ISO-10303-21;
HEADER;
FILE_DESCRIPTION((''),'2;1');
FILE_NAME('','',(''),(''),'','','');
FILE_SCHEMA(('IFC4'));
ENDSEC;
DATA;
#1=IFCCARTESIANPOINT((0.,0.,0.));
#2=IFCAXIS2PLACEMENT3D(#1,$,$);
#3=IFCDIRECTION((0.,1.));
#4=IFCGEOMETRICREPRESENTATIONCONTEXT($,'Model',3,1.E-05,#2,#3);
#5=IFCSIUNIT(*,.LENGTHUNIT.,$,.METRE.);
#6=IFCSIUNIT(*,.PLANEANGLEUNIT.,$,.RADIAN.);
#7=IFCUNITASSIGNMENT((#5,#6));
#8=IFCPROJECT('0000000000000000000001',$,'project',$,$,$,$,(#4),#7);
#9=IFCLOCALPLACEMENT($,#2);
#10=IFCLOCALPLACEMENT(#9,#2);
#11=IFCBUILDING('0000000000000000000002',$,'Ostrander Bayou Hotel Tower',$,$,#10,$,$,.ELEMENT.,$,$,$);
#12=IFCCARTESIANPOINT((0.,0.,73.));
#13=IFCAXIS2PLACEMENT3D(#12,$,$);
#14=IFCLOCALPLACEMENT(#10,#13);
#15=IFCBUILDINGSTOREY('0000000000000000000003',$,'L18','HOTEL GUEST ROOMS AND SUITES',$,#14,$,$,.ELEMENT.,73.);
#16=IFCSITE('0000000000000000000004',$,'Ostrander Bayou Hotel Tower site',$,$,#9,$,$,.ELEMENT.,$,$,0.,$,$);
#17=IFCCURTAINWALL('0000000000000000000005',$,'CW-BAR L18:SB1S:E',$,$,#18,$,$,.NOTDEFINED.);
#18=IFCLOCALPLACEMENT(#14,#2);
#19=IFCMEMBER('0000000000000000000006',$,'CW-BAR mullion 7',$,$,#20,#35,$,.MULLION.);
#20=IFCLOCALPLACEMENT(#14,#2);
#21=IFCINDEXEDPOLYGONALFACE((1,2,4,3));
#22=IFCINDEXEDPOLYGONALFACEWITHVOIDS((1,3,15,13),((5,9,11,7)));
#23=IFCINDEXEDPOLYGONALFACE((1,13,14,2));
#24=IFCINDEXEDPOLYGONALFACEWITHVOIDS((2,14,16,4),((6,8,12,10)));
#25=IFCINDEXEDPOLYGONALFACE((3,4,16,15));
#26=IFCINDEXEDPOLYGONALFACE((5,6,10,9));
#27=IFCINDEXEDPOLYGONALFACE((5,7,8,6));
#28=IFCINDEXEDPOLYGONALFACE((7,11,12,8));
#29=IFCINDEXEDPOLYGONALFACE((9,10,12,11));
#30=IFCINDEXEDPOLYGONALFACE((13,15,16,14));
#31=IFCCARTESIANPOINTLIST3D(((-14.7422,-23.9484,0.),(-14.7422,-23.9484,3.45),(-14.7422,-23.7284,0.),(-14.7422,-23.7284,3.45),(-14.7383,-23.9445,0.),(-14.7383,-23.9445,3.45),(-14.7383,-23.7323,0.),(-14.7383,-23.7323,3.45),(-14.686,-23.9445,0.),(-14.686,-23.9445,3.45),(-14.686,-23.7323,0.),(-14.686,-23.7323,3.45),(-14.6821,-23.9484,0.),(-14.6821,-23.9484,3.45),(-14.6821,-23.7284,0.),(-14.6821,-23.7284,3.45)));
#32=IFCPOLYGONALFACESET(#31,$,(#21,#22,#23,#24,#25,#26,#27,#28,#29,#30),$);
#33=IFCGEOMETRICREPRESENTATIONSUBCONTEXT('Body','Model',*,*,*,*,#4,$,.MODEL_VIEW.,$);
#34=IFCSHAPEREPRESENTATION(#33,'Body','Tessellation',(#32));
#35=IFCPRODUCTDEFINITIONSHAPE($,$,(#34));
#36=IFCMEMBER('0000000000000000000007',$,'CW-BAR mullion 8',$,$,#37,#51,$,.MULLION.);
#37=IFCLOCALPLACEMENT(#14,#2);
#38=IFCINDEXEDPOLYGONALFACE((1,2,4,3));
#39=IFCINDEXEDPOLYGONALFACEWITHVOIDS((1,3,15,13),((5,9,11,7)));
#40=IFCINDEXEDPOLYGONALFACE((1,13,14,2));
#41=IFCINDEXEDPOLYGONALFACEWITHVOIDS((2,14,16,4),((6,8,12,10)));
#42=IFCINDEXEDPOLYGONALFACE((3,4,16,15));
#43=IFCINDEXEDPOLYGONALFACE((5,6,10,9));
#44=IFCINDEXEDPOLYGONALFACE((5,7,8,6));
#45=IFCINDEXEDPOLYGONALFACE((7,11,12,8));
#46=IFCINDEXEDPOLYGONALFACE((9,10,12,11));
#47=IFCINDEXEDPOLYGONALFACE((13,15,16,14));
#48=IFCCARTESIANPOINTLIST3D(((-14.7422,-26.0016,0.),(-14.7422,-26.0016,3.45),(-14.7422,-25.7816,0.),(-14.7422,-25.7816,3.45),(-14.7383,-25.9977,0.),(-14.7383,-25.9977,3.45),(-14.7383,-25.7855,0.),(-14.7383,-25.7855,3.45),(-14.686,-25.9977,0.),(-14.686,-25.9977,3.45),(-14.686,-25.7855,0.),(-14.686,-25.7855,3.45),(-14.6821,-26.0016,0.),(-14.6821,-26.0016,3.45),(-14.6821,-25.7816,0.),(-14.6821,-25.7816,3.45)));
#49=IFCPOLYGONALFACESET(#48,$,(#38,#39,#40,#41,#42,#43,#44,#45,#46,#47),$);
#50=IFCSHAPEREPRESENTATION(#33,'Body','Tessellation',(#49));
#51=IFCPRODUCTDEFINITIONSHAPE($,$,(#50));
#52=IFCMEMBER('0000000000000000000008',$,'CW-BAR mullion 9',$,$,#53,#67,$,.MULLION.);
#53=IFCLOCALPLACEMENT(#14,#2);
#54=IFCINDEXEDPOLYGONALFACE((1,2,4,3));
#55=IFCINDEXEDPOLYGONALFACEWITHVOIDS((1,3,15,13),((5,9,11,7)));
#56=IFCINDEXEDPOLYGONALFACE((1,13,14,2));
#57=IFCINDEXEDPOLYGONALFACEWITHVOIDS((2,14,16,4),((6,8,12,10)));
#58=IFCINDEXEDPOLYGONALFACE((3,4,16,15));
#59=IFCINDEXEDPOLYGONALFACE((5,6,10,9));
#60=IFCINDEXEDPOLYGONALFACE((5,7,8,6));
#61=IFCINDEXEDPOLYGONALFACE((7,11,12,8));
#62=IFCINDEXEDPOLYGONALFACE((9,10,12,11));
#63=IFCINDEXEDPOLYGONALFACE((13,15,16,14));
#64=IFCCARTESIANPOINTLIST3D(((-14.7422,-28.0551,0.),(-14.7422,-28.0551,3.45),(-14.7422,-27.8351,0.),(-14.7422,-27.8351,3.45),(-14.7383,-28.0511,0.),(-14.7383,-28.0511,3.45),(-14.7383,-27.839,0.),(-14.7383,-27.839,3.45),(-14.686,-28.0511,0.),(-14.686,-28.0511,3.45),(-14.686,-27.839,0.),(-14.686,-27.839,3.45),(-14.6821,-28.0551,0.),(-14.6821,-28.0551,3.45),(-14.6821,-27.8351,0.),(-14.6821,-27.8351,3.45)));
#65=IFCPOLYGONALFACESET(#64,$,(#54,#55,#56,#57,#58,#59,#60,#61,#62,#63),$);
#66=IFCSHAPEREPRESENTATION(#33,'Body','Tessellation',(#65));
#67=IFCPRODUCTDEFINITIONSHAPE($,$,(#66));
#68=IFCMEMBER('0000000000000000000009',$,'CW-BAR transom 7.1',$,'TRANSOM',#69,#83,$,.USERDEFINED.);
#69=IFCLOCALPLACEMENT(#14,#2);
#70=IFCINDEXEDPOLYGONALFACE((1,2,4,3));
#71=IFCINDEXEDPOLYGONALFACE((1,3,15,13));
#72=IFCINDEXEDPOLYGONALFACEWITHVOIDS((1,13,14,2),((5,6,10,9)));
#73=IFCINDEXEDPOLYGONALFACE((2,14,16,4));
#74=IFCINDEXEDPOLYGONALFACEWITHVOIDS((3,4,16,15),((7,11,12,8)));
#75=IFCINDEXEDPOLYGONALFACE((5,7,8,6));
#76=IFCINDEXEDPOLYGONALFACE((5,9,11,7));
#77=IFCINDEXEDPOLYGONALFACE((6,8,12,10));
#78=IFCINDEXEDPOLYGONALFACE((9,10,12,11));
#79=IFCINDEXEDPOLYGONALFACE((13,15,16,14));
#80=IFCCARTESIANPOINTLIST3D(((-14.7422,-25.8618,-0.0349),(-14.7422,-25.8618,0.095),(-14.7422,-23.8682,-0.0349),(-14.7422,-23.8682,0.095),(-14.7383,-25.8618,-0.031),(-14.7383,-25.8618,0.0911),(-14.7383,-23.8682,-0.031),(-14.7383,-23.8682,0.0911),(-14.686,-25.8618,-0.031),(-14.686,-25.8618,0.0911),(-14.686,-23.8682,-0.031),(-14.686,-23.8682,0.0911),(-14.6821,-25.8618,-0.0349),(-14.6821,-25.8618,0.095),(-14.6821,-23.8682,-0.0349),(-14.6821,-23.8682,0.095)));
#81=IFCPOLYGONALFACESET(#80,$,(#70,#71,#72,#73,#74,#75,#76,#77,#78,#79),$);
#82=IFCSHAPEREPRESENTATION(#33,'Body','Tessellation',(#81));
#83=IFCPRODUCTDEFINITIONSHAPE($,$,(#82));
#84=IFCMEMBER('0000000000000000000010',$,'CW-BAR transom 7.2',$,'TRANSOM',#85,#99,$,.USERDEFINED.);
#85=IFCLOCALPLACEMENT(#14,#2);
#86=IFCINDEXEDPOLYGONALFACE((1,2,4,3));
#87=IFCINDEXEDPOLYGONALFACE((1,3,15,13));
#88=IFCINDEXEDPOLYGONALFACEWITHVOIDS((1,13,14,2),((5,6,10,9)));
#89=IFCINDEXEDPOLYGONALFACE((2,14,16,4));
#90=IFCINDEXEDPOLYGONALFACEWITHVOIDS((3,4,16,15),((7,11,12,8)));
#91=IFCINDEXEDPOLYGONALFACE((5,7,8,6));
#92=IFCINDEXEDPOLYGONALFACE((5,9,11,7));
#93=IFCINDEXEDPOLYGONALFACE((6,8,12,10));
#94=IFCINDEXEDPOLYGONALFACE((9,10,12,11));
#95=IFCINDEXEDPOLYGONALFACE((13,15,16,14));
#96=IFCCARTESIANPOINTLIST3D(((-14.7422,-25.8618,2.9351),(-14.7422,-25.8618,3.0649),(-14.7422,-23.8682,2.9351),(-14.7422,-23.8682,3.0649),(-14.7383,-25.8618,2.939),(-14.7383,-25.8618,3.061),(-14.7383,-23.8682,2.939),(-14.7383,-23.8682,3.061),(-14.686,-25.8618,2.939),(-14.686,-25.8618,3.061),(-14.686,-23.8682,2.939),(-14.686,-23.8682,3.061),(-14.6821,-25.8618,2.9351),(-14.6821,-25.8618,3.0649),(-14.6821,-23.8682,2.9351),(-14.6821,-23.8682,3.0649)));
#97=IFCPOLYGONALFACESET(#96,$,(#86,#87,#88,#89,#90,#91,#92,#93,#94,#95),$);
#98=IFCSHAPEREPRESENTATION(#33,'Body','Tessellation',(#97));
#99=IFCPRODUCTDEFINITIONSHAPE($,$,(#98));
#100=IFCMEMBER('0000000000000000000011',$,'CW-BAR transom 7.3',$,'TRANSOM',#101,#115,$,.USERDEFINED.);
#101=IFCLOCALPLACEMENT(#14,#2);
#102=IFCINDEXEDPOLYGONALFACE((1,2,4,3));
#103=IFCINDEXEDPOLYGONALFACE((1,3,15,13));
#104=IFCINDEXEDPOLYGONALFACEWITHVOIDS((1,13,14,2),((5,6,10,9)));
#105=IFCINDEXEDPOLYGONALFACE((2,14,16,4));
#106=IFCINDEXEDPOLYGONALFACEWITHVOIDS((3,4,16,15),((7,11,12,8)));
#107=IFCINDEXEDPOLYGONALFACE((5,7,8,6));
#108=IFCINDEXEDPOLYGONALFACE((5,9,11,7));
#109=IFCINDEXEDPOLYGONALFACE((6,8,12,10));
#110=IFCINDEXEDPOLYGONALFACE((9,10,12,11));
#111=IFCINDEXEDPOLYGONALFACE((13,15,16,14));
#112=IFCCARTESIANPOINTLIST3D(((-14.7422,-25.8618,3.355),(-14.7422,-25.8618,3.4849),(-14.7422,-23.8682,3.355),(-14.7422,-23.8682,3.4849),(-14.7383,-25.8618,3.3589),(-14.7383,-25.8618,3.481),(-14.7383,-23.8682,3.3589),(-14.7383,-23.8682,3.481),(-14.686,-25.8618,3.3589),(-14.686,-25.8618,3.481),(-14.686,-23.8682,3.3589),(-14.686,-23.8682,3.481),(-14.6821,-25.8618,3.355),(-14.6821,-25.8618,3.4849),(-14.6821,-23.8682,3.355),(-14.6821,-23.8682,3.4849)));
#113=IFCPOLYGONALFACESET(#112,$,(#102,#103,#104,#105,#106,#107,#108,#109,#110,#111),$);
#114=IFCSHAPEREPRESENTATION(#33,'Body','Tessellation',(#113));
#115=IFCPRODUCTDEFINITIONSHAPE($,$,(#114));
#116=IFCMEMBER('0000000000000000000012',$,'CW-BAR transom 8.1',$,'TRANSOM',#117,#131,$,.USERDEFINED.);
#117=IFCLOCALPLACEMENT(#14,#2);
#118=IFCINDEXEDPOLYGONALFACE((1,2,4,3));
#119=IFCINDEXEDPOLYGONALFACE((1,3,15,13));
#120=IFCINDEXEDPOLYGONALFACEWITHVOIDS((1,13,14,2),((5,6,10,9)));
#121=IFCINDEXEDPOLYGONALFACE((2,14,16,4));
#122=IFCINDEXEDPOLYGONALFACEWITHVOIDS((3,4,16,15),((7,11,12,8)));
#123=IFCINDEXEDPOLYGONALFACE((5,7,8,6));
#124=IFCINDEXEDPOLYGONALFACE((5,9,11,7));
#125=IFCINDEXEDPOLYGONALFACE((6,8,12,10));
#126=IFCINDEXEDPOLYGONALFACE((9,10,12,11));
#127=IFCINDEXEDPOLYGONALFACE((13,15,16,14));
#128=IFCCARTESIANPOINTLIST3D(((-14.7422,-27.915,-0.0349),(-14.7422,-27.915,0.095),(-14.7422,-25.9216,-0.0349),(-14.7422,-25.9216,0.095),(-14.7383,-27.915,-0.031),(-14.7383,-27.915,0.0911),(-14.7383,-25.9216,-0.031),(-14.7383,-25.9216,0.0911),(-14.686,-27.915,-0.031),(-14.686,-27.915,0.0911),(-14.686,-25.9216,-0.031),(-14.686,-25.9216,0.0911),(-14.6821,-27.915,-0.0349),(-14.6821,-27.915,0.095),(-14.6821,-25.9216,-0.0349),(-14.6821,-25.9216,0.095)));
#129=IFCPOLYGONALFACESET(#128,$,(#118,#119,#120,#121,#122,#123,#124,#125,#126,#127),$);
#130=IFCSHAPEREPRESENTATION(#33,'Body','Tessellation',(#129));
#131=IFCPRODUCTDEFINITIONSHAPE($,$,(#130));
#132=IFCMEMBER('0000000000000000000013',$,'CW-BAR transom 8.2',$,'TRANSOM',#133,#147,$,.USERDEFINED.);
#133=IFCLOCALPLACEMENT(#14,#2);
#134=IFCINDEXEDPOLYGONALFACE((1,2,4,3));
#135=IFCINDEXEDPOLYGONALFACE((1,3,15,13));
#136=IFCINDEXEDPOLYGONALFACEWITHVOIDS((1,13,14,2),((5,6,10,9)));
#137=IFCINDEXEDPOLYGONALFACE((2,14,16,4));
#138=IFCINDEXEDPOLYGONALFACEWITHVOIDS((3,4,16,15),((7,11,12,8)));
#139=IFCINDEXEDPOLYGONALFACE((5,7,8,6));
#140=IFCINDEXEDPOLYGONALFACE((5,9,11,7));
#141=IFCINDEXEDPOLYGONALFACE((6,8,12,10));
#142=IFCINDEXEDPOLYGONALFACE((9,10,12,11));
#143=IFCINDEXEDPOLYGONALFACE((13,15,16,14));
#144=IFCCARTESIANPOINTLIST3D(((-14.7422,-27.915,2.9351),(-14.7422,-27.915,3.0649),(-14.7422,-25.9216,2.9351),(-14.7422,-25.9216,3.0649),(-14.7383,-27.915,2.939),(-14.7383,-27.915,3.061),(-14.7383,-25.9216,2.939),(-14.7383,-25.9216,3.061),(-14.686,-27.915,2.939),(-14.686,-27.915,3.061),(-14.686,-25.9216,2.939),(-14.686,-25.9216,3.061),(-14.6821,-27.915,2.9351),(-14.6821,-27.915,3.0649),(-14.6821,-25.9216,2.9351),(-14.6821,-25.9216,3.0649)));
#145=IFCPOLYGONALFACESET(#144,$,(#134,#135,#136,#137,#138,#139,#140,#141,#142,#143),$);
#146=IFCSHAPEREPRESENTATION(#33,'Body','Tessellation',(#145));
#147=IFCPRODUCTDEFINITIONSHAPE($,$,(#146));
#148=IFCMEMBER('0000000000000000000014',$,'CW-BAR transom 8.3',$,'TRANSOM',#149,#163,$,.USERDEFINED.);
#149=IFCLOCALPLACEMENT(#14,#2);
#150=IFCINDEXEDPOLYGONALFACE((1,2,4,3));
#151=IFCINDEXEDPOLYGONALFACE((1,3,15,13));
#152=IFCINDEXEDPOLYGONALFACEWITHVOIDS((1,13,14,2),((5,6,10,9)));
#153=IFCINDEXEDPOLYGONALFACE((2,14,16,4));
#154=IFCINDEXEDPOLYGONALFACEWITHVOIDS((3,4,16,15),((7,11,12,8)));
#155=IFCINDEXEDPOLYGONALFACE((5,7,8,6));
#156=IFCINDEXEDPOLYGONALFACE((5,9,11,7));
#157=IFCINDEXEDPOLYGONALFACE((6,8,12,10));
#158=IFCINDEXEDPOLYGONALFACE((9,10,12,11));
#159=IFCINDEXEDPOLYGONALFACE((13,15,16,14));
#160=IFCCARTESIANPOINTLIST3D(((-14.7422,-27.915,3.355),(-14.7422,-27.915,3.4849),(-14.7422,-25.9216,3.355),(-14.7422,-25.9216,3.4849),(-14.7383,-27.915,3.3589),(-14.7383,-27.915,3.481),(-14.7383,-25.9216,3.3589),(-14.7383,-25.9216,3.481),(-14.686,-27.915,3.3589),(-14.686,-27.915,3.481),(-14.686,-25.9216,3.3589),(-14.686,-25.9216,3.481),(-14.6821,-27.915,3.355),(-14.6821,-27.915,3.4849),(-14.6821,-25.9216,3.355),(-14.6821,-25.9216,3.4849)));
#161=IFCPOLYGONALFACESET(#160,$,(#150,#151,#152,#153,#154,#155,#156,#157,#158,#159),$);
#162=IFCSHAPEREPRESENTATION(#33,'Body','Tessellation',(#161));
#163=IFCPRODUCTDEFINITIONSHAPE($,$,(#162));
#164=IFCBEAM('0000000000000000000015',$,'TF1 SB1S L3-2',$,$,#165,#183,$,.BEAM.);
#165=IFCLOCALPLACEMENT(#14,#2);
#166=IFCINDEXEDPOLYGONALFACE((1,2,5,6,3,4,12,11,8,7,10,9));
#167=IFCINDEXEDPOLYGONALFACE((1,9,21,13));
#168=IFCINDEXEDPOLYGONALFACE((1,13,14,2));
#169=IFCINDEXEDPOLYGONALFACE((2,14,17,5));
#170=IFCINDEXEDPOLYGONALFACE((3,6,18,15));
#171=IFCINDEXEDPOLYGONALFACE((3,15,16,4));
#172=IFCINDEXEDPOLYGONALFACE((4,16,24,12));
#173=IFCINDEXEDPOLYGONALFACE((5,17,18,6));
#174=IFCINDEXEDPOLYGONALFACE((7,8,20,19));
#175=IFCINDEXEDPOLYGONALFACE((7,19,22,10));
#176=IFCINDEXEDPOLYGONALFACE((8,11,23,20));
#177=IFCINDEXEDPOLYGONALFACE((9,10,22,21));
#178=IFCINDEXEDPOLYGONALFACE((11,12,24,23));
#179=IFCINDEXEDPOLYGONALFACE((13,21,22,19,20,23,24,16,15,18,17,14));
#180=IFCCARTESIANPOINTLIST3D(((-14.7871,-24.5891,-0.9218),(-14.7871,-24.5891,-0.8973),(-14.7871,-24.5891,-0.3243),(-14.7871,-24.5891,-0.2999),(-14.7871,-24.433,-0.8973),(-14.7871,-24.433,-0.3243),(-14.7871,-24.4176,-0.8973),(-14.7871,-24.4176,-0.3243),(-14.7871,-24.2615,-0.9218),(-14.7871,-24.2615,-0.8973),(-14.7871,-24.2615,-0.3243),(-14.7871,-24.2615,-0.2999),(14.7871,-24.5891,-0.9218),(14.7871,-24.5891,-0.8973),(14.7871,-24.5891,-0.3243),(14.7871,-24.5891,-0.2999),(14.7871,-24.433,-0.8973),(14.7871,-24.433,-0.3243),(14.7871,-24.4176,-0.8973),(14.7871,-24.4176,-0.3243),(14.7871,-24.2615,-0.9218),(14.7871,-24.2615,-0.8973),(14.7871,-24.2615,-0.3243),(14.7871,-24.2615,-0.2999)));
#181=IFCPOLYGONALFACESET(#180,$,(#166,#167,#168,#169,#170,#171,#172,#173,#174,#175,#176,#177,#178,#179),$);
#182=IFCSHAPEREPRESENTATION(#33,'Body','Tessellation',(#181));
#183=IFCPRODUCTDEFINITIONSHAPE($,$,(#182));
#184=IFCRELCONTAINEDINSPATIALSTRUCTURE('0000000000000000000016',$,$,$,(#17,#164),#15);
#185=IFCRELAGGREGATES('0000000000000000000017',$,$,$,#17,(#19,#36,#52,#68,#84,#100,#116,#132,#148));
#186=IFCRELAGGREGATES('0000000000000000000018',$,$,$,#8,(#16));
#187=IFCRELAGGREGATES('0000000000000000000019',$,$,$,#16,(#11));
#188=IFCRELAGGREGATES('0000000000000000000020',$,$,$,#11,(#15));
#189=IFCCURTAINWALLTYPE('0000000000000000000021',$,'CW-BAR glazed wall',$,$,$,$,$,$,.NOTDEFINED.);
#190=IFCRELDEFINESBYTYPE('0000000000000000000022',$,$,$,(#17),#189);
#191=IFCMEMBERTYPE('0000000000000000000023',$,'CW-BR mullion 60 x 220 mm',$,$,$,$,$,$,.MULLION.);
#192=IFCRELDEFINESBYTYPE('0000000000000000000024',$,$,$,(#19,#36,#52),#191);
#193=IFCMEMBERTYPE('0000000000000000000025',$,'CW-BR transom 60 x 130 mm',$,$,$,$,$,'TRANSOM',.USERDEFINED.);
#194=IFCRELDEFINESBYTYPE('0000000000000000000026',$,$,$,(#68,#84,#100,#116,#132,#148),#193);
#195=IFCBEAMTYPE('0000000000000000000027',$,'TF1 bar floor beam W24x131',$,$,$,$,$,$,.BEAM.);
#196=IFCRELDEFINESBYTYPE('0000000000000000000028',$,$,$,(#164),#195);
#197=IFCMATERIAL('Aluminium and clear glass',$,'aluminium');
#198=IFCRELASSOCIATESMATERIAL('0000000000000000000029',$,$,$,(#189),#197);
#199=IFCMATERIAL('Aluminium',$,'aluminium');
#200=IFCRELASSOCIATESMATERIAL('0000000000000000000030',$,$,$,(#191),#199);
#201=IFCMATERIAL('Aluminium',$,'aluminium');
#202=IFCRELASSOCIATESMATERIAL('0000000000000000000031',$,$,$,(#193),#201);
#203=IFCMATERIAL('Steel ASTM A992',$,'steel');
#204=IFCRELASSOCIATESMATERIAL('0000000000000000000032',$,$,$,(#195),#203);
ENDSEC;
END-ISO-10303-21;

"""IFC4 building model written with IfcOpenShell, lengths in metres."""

from ifc_helpers import new_model, si_unit, direction, frame, origin, origin_2d, place, context, subcontext, project, spatial, hollow_rectangle, i_section, extrude, material, material_profile, profile_set, type_object, element, aggregate, save


model = new_model("IFC4")

# Units and contexts
model_context = context("Model", 3, precision=1e-05, world=origin(), true_north=direction((0.0, 1.0)))
body_context = subcontext(model_context, "Body", "Model", "MODEL_VIEW")
ifc_project = project(units=[si_unit("LENGTHUNIT", "METRE"), si_unit("PLANEANGLEUNIT", "RADIAN")], contexts=[model_context])

# Site, building, storey
site_placement = place(None, origin())
site = spatial("IfcSite", under=ifc_project, at=site_placement, Name="Ostrander Bayou Hotel Tower site", CompositionType="ELEMENT", RefElevation=0.0)
building_placement = place(site_placement, origin())
building = spatial("IfcBuilding", under=site, at=building_placement, Name="Ostrander Bayou Hotel Tower", CompositionType="ELEMENT")
storey_placement = place(building_placement, frame((0.0, 0.0, 73.0)))
storey = spatial("IfcBuildingStorey", under=building, at=storey_placement, Name="L18", Description="HOTEL GUEST ROOMS AND SUITES", CompositionType="ELEMENT", Elevation=73.0)

# Curtain wall, members
ifc_material_1 = material(Name="Aluminium and clear glass", Category="aluminium")
curtain_wall_type = type_object("IfcCurtainWallType", Name="CW-BAR glazed wall", PredefinedType="NOTDEFINED", material=ifc_material_1)
curtain_wall_placement = place(storey_placement, origin())
curtain_wall = element("IfcCurtainWall", 1, at=curtain_wall_placement, inside=storey, type_object=curtain_wall_type, Name="CW-BAR L18:SB1S:E", PredefinedType="NOTDEFINED")
ifc_material_2 = material(Name="Aluminium", Category="aluminium")
ifc_material_profile_1 = material_profile(ifc_material_2, hollow_rectangle(XDim=0.0601, YDim=0.22, WallThickness=0.0039, at=origin_2d()))
ifc_profile_set_1 = profile_set([ifc_material_profile_1], Name="Aluminium")
member_type_1 = type_object("IfcMemberType", Name="CW-BR mullion 60 x 220 mm", PredefinedType="MULLION", material=ifc_profile_set_1)
member_1_placement = place(storey_placement, frame((-14.7122, -23.8384, 0.0), z_axis=(0.0, 0.0, 1.0), x_axis=(1.0, 0.0, 0.0)))
member_1 = element("IfcMember", 2, at=member_1_placement, type_object=member_type_1, Name="CW-BAR mullion 7", PredefinedType="MULLION", context=body_context, shape_type="SweptSolid", body=[
    extrude(hollow_rectangle(XDim=0.0601, YDim=0.22, WallThickness=0.0039, at=origin_2d()), origin(), (0.0, 0.0, 1.0), 3.45),
])
member_2_placement = place(storey_placement, frame((-14.7122, -25.8916, 0.0), z_axis=(0.0, 0.0, 1.0), x_axis=(1.0, 0.0, 0.0)))
member_2 = element("IfcMember", 3, at=member_2_placement, type_object=member_type_1, Name="CW-BAR mullion 8", PredefinedType="MULLION", context=body_context, shape_type="SweptSolid", body=[
    extrude(hollow_rectangle(XDim=0.0601, YDim=0.22, WallThickness=0.0039, at=origin_2d()), origin(), (0.0, 0.0, 1.0), 3.45),
])
member_3_placement = place(storey_placement, frame((-14.7122, -27.9451, 0.0), z_axis=(0.0, 0.0, 1.0), x_axis=(1.0, 0.0, 0.0)))
member_3 = element("IfcMember", 4, at=member_3_placement, type_object=member_type_1, Name="CW-BAR mullion 9", PredefinedType="MULLION", context=body_context, shape_type="SweptSolid", body=[
    extrude(hollow_rectangle(XDim=0.0601, YDim=0.22, WallThickness=0.0039, at=origin_2d()), origin(), (0.0, 0.0, 1.0), 3.45),
])
ifc_material_3 = material(Name="Aluminium", Category="aluminium")
ifc_material_profile_2 = material_profile(ifc_material_3, hollow_rectangle(XDim=0.0601, YDim=0.1299, WallThickness=0.0039, at=origin_2d()))
ifc_profile_set_2 = profile_set([ifc_material_profile_2], Name="Aluminium")
member_type_2 = type_object("IfcMemberType", Name="CW-BR transom 60 x 130 mm", ElementType="TRANSOM", PredefinedType="USERDEFINED", material=ifc_profile_set_2)
member_4_placement = place(storey_placement, frame((-14.7122, -23.8682, 0.03), z_axis=(0.0, -1.0, 0.0), x_axis=(1.0, 0.0, 0.0)))
member_4 = element("IfcMember", 5, at=member_4_placement, type_object=member_type_2, Name="CW-BAR transom 7.1", ObjectType="TRANSOM", PredefinedType="USERDEFINED", context=body_context, shape_type="SweptSolid", body=[
    extrude(hollow_rectangle(XDim=0.0601, YDim=0.1299, WallThickness=0.0039, at=origin_2d()), origin(), (0.0, 0.0, 1.0), 1.9937),
])
member_5_placement = place(storey_placement, frame((-14.7122, -23.8682, 3.0), z_axis=(0.0, -1.0, 0.0), x_axis=(1.0, 0.0, 0.0)))
member_5 = element("IfcMember", 6, at=member_5_placement, type_object=member_type_2, Name="CW-BAR transom 7.2", ObjectType="TRANSOM", PredefinedType="USERDEFINED", context=body_context, shape_type="SweptSolid", body=[
    extrude(hollow_rectangle(XDim=0.0601, YDim=0.1299, WallThickness=0.0039, at=origin_2d()), origin(), (0.0, 0.0, 1.0), 1.9937),
])
member_6_placement = place(storey_placement, frame((-14.7122, -23.8682, 3.4199), z_axis=(0.0, -1.0, 0.0), x_axis=(1.0, 0.0, 0.0)))
member_6 = element("IfcMember", 7, at=member_6_placement, type_object=member_type_2, Name="CW-BAR transom 7.3", ObjectType="TRANSOM", PredefinedType="USERDEFINED", context=body_context, shape_type="SweptSolid", body=[
    extrude(hollow_rectangle(XDim=0.0601, YDim=0.1299, WallThickness=0.0039, at=origin_2d()), origin(), (0.0, 0.0, 1.0), 1.9937),
])
member_7_placement = place(storey_placement, frame((-14.7122, -25.9216, 0.03), z_axis=(0.0, -1.0, 0.0), x_axis=(1.0, 0.0, 0.0)))
member_7 = element("IfcMember", 8, at=member_7_placement, type_object=member_type_2, Name="CW-BAR transom 8.1", ObjectType="TRANSOM", PredefinedType="USERDEFINED", context=body_context, shape_type="SweptSolid", body=[
    extrude(hollow_rectangle(XDim=0.0601, YDim=0.1299, WallThickness=0.0039, at=origin_2d()), origin(), (0.0, 0.0, 1.0), 1.9934),
])
member_8_placement = place(storey_placement, frame((-14.7122, -25.9216, 3.0), z_axis=(0.0, -1.0, 0.0), x_axis=(1.0, 0.0, 0.0)))
member_8 = element("IfcMember", 9, at=member_8_placement, type_object=member_type_2, Name="CW-BAR transom 8.2", ObjectType="TRANSOM", PredefinedType="USERDEFINED", context=body_context, shape_type="SweptSolid", body=[
    extrude(hollow_rectangle(XDim=0.0601, YDim=0.1299, WallThickness=0.0039, at=origin_2d()), origin(), (0.0, 0.0, 1.0), 1.9934),
])
member_9_placement = place(storey_placement, frame((-14.7122, -25.9216, 3.4199), z_axis=(0.0, -1.0, 0.0), x_axis=(1.0, 0.0, 0.0)))
member_9 = element("IfcMember", 10, at=member_9_placement, type_object=member_type_2, Name="CW-BAR transom 8.3", ObjectType="TRANSOM", PredefinedType="USERDEFINED", context=body_context, shape_type="SweptSolid", body=[
    extrude(hollow_rectangle(XDim=0.0601, YDim=0.1299, WallThickness=0.0039, at=origin_2d()), origin(), (0.0, 0.0, 1.0), 1.9934),
])

# Beam
ifc_material_4 = material(Name="Steel ASTM A992", Category="steel")
ifc_material_profile_3 = material_profile(ifc_material_4, i_section(OverallWidth=0.3276, OverallDepth=0.6218, WebThickness=0.0154, FlangeThickness=0.0244, at=origin_2d()))
ifc_profile_set_3 = profile_set([ifc_material_profile_3], Name="Steel ASTM A992")
beam_type = type_object("IfcBeamType", Name="TF1 bar floor beam W24x131", PredefinedType="BEAM", material=ifc_profile_set_3)
beam_placement = place(storey_placement, frame((-14.7871, -24.4253, -0.6108), z_axis=(1.0, 0.0, 0.0), x_axis=(0.0, 1.0, 0.0)))
element("IfcBeam", 11, at=beam_placement, inside=storey, type_object=beam_type, Name="TF1 SB1S L3-2", PredefinedType="BEAM", context=body_context, shape_type="SweptSolid", body=[
    extrude(i_section(OverallWidth=0.3276, OverallDepth=0.6218, WebThickness=0.0154, FlangeThickness=0.0244, at=origin_2d()), origin(), (0.0, 0.0, 1.0), 29.5742),
])

aggregate(curtain_wall, [member_1, member_2, member_3, member_4, member_5, member_6, member_7, member_8, member_9])

save(model, "model.ifc")
